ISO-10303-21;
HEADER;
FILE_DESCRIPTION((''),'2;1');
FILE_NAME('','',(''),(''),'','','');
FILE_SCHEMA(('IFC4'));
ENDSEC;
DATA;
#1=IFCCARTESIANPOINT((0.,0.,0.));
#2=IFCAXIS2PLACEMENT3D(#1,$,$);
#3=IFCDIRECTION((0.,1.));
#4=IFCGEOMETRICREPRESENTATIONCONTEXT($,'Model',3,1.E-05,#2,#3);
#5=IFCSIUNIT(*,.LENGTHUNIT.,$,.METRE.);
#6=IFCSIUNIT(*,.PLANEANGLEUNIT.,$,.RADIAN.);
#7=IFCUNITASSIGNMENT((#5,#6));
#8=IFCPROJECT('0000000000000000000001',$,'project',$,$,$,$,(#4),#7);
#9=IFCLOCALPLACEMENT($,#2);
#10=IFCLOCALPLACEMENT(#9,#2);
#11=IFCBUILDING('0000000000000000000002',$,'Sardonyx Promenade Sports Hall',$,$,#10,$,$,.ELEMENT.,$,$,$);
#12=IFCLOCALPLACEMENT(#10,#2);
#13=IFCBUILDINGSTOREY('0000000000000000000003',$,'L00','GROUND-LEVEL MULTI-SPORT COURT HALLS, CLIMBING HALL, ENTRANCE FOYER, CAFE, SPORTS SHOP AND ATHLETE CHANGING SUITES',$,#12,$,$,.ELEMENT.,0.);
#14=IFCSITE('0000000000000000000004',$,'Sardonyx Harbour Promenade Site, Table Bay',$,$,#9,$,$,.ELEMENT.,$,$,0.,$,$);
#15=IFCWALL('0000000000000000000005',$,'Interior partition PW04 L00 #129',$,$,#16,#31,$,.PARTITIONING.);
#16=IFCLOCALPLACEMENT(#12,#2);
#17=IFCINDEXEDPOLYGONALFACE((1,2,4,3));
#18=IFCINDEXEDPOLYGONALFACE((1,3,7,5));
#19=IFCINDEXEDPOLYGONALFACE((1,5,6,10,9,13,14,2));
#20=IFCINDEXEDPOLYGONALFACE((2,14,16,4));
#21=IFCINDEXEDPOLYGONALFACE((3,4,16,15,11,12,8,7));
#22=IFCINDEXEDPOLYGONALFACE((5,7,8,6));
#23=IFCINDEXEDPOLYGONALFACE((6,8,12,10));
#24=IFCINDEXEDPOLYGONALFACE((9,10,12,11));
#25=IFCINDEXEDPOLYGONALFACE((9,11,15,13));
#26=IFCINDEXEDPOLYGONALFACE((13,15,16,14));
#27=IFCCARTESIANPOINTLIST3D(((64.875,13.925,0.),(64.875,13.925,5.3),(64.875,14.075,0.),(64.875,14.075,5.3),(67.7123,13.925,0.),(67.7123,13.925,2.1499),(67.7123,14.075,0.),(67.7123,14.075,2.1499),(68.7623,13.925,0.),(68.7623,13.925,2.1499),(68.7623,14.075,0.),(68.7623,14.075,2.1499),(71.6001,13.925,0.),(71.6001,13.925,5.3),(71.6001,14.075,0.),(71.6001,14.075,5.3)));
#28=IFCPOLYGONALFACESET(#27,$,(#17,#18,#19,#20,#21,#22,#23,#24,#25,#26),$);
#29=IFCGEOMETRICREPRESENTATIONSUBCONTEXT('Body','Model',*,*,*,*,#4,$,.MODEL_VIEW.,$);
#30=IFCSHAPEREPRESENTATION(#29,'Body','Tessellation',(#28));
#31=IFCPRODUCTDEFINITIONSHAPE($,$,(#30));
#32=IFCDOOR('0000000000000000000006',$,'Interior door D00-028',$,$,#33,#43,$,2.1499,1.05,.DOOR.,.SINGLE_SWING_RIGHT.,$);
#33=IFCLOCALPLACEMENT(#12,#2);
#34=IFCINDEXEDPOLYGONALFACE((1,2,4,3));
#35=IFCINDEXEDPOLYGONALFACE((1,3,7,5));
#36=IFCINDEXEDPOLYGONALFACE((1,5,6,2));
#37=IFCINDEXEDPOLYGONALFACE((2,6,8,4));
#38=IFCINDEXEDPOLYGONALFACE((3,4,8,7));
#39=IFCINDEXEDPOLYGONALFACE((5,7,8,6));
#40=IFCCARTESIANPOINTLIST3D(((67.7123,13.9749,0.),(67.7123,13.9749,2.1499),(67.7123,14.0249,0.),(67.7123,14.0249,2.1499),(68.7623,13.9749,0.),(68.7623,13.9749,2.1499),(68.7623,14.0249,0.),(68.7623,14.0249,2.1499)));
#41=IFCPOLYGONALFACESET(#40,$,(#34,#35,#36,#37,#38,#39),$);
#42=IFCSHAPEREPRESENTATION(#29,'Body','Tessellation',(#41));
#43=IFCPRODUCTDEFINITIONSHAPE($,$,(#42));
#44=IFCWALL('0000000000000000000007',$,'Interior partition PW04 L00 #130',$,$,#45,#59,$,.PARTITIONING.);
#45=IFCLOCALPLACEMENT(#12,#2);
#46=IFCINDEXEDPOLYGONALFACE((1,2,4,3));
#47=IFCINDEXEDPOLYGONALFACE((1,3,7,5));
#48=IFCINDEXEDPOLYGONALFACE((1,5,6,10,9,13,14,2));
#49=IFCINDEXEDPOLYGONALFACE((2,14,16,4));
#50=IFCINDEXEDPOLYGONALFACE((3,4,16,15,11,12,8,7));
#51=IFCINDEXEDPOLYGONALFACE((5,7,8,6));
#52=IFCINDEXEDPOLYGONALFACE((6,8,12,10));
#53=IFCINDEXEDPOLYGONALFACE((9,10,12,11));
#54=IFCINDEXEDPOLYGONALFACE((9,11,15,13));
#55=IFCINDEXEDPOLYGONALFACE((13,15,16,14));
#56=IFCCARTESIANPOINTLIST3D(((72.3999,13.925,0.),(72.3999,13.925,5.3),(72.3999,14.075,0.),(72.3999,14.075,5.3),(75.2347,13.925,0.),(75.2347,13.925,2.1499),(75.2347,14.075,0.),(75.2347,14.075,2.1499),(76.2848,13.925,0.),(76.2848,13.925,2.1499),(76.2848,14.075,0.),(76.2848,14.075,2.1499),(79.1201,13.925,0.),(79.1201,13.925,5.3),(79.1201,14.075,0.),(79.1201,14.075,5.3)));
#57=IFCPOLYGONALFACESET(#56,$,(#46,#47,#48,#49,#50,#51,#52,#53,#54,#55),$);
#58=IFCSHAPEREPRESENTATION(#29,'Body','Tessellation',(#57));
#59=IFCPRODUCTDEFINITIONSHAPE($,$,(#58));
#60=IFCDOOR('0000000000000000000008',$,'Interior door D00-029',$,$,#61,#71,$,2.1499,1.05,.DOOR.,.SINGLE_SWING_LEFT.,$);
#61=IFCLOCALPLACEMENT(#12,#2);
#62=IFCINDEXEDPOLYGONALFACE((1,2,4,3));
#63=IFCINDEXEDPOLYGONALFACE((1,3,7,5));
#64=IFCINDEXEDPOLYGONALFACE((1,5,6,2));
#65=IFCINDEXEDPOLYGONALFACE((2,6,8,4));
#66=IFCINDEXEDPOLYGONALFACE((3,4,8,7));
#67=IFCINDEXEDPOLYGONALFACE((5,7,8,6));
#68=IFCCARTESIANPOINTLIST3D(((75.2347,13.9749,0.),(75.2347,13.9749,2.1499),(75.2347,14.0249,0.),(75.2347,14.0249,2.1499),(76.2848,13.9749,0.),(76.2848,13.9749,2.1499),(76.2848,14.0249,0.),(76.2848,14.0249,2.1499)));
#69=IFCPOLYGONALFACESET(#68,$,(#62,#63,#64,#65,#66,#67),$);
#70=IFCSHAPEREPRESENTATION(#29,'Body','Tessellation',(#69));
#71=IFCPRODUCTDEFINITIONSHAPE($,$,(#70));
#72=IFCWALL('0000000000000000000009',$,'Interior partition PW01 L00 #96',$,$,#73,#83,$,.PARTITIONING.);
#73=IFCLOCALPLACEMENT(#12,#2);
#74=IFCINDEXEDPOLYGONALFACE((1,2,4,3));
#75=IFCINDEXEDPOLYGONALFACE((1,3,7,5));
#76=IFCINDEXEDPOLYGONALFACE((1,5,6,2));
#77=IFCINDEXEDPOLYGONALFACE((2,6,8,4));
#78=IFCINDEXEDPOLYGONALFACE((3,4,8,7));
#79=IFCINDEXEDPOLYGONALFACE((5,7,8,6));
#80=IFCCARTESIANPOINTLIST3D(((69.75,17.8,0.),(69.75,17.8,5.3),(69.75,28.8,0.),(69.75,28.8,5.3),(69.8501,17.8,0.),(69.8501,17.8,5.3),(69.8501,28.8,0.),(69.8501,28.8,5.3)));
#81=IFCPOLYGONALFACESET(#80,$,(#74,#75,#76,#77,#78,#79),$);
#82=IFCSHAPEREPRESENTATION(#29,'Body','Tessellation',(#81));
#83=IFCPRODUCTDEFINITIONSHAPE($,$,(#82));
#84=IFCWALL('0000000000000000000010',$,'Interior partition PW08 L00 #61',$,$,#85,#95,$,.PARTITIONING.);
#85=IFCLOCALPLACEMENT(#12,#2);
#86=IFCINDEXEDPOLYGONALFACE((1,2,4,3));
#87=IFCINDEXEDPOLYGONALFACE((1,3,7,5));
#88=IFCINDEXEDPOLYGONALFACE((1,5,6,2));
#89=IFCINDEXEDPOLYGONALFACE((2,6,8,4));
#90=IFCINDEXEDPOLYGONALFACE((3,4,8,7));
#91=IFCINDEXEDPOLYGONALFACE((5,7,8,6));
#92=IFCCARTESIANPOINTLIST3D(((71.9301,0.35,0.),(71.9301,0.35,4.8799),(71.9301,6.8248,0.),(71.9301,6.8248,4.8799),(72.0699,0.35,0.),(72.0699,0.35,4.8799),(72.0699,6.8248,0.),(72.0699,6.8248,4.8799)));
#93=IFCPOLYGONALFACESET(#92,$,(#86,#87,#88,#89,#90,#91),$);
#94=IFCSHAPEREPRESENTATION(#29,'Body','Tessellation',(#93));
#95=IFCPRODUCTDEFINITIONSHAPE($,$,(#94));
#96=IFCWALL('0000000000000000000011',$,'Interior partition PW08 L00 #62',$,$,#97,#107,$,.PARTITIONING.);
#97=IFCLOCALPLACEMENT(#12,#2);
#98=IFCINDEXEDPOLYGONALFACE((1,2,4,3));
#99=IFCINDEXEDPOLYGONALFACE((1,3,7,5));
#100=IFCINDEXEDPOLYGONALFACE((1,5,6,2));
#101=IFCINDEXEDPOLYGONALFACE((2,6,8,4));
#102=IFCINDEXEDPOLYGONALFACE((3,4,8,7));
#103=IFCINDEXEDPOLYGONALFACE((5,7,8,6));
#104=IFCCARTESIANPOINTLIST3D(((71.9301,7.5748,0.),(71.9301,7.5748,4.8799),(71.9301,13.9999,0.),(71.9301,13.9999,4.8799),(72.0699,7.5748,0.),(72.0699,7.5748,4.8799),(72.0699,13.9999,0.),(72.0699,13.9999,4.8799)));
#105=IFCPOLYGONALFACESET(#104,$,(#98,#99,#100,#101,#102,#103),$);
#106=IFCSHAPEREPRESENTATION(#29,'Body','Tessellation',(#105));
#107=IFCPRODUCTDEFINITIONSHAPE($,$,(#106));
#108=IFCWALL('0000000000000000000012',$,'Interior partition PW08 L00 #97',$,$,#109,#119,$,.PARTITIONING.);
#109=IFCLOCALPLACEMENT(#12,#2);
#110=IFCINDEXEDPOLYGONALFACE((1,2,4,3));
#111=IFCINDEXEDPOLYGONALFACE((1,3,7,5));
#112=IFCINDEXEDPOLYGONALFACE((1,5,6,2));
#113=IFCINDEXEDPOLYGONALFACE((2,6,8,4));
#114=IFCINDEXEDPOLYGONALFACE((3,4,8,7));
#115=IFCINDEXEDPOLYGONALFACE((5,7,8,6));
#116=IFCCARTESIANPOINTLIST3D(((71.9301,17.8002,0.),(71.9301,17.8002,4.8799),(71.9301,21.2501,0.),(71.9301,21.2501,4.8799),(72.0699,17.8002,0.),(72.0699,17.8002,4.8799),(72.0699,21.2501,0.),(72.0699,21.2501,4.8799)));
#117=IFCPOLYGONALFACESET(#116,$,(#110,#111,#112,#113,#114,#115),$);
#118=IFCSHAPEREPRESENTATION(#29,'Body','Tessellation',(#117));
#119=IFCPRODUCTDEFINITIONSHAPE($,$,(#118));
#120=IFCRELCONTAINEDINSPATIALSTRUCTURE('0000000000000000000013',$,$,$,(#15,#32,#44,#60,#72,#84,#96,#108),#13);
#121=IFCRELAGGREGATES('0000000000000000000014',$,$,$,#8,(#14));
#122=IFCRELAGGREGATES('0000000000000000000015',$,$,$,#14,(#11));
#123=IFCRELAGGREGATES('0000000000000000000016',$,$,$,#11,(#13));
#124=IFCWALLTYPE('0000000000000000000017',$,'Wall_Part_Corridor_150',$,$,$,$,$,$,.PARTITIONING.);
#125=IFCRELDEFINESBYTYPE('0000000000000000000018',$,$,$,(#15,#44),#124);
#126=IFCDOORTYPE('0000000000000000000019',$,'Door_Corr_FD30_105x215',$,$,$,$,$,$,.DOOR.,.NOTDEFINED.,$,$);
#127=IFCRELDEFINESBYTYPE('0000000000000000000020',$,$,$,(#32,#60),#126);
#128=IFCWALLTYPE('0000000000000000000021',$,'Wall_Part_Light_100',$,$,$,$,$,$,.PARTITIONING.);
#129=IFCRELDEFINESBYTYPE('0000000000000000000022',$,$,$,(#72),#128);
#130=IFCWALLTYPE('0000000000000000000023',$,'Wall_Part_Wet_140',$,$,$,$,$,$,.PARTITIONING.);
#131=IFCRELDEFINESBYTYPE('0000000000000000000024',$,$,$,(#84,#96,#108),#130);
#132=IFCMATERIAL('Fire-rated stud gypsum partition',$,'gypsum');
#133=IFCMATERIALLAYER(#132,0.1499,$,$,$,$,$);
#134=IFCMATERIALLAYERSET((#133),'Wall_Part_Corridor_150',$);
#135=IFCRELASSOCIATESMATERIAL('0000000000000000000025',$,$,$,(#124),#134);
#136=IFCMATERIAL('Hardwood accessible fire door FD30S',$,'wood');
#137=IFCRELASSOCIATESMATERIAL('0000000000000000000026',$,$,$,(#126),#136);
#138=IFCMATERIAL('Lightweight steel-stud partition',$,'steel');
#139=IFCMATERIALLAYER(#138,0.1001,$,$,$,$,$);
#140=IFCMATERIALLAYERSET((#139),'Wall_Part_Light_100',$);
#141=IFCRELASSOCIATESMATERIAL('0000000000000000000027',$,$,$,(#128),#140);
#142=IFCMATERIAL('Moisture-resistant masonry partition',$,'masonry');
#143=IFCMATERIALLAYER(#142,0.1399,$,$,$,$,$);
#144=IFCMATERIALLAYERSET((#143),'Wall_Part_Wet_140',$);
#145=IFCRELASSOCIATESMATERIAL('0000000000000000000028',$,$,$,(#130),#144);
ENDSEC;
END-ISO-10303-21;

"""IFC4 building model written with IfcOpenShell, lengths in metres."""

from ifc_helpers import new_model, si_unit, direction, frame, frame_2d, origin, place, context, subcontext, project, spatial, rectangle, extrude, material, layer, layer_set, type_object, element, fill, save


model = new_model("IFC4")

# Units and contexts
model_context = context("Model", 3, precision=1e-05, world=origin(), true_north=direction((0.0, 1.0)))
body_context = subcontext(model_context, "Body", "Model", "MODEL_VIEW")
ifc_project = project(units=[si_unit("LENGTHUNIT", "METRE"), si_unit("PLANEANGLEUNIT", "RADIAN")], contexts=[model_context])

# Site, building, storey
site_placement = place(None, origin())
site = spatial("IfcSite", under=ifc_project, at=site_placement, Name="Sardonyx Harbour Promenade Site, Table Bay", CompositionType="ELEMENT", RefElevation=0.0)
building_placement = place(site_placement, origin())
building = spatial("IfcBuilding", under=site, at=building_placement, Name="Sardonyx Promenade Sports Hall", CompositionType="ELEMENT")
storey_placement = place(building_placement, origin())
storey = spatial("IfcBuildingStorey", under=building, at=storey_placement, Name="L00", Description="GROUND-LEVEL MULTI-SPORT COURT HALLS, CLIMBING HALL, ENTRANCE FOYER, CAFE, SPORTS SHOP AND ATHLETE CHANGING SUITES", CompositionType="ELEMENT", Elevation=0.0)

# Walls, openings, doors
ifc_material_1 = material(Name="Fire-rated stud gypsum partition", Category="gypsum")
ifc_layer_1 = layer(ifc_material_1, 0.1499)
ifc_layer_set_1 = layer_set([ifc_layer_1], Name="Wall_Part_Corridor_150")
wall_type_1 = type_object("IfcWallType", Name="Wall_Part_Corridor_150", PredefinedType="PARTITIONING", material=ifc_layer_set_1)
wall_1_placement = place(storey_placement, frame((64.875, 14.0, 0.0), z_axis=(0.0, 0.0, 1.0), x_axis=(1.0, 0.0, 0.0)))
wall_1 = element("IfcWall", 1, at=wall_1_placement, inside=storey, type_object=wall_type_1, Name="Interior partition PW04 L00 #129", PredefinedType="PARTITIONING", context=body_context, shape_type="SweptSolid", body=[
    extrude(rectangle(XDim=6.7251, YDim=0.1499, at=frame_2d((3.3625, 0.0))), origin(), (0.0, 0.0, 1.0), 5.3),
])
opening_1_placement = place(wall_1_placement, frame((2.8374, 0.0, 0.0)))
opening_1 = element("IfcOpeningElement", 2, at=opening_1_placement, cuts=wall_1, PredefinedType="OPENING", context=body_context, shape_type="SweptSolid", body=[
    extrude(rectangle(XDim=1.05, YDim=2.1499, at=frame_2d((0.5249, 1.075))), frame((0.0, 0.085, 0.0), z_axis=(0.0, -1.0, 0.0), x_axis=(1.0, 0.0, 0.0)), (0.0, 0.0, 1.0), 0.17),
])
ifc_material_2 = material(Name="Hardwood accessible fire door FD30S", Category="wood")
door_type_1 = type_object("IfcDoorType", Name="Door_Corr_FD30_105x215", OperationType="NOTDEFINED", PredefinedType="DOOR", material=ifc_material_2)
door_1_placement = place(opening_1_placement, origin())
door_1 = element("IfcDoor", 3, at=door_1_placement, inside=storey, type_object=door_type_1, Name="Interior door D00-028", OperationType="SINGLE_SWING_RIGHT", OverallHeight=2.1499, OverallWidth=1.05, PredefinedType="DOOR", context=body_context, shape_type="SweptSolid", body=[
    extrude(rectangle(XDim=1.05, YDim=2.1499, at=frame_2d((0.5249, 1.075))), frame((0.0, 0.0249, 0.0), z_axis=(0.0, -1.0, 0.0), x_axis=(1.0, 0.0, 0.0)), (0.0, 0.0, 1.0), 0.05),
])
fill(opening_1, door_1)
wall_2_placement = place(storey_placement, frame((72.3999, 14.0, 0.0), z_axis=(0.0, 0.0, 1.0), x_axis=(1.0, 0.0, 0.0)))
wall_2 = element("IfcWall", 4, at=wall_2_placement, inside=storey, type_object=wall_type_1, Name="Interior partition PW04 L00 #130", PredefinedType="PARTITIONING", context=body_context, shape_type="SweptSolid", body=[
    extrude(rectangle(XDim=6.7202, YDim=0.1499, at=frame_2d((3.3601, 0.0))), origin(), (0.0, 0.0, 1.0), 5.3),
])
opening_2_placement = place(wall_2_placement, frame((2.835, 0.0, 0.0)))
opening_2 = element("IfcOpeningElement", 5, at=opening_2_placement, cuts=wall_2, PredefinedType="OPENING", context=body_context, shape_type="SweptSolid", body=[
    extrude(rectangle(XDim=1.05, YDim=2.1499, at=frame_2d((0.5249, 1.075))), frame((0.0, 0.085, 0.0), z_axis=(0.0, -1.0, 0.0), x_axis=(1.0, 0.0, 0.0)), (0.0, 0.0, 1.0), 0.17),
])
door_2_placement = place(opening_2_placement, origin())
door_2 = element("IfcDoor", 6, at=door_2_placement, inside=storey, type_object=door_type_1, Name="Interior door D00-029", OperationType="SINGLE_SWING_LEFT", OverallHeight=2.1499, OverallWidth=1.05, PredefinedType="DOOR", context=body_context, shape_type="SweptSolid", body=[
    extrude(rectangle(XDim=1.05, YDim=2.1499, at=frame_2d((0.5249, 1.075))), frame((0.0, 0.0249, 0.0), z_axis=(0.0, -1.0, 0.0), x_axis=(1.0, 0.0, 0.0)), (0.0, 0.0, 1.0), 0.05),
])
fill(opening_2, door_2)

# Walls
ifc_material_3 = material(Name="Lightweight steel-stud partition", Category="steel")
ifc_layer_2 = layer(ifc_material_3, 0.1001)
ifc_layer_set_2 = layer_set([ifc_layer_2], Name="Wall_Part_Light_100")
wall_type_2 = type_object("IfcWallType", Name="Wall_Part_Light_100", PredefinedType="PARTITIONING", material=ifc_layer_set_2)
wall_3_placement = place(storey_placement, frame((69.8, 17.8, 0.0), z_axis=(0.0, 0.0, 1.0), x_axis=(0.0, 1.0, 0.0)))
element("IfcWall", 7, at=wall_3_placement, inside=storey, type_object=wall_type_2, Name="Interior partition PW01 L00 #96", PredefinedType="PARTITIONING", context=body_context, shape_type="SweptSolid", body=[
    extrude(rectangle(XDim=11.0, YDim=0.1001, at=frame_2d((5.5, 0.0))), origin(), (0.0, 0.0, 1.0), 5.3),
])
ifc_material_4 = material(Name="Moisture-resistant masonry partition", Category="masonry")
ifc_layer_3 = layer(ifc_material_4, 0.1399)
ifc_layer_set_3 = layer_set([ifc_layer_3], Name="Wall_Part_Wet_140")
wall_type_3 = type_object("IfcWallType", Name="Wall_Part_Wet_140", PredefinedType="PARTITIONING", material=ifc_layer_set_3)
wall_4_placement = place(storey_placement, frame((72.0, 0.3501, 0.0), z_axis=(0.0, 0.0, 1.0), x_axis=(0.0, 1.0, 0.0)))
element("IfcWall", 8, at=wall_4_placement, inside=storey, type_object=wall_type_3, Name="Interior partition PW08 L00 #61", PredefinedType="PARTITIONING", context=body_context, shape_type="SweptSolid", body=[
    extrude(rectangle(XDim=6.4749, YDim=0.1399, at=frame_2d((3.2373, 0.0))), origin(), (0.0, 0.0, 1.0), 4.8799),
])
wall_5_placement = place(storey_placement, frame((72.0, 7.575, 0.0), z_axis=(0.0, 0.0, 1.0), x_axis=(0.0, 1.0, 0.0)))
element("IfcWall", 9, at=wall_5_placement, inside=storey, type_object=wall_type_3, Name="Interior partition PW08 L00 #62", PredefinedType="PARTITIONING", context=body_context, shape_type="SweptSolid", body=[
    extrude(rectangle(XDim=6.425, YDim=0.1399, at=frame_2d((3.2124, 0.0))), origin(), (0.0, 0.0, 1.0), 4.8799),
])
wall_6_placement = place(storey_placement, frame((72.0, 17.8, 0.0), z_axis=(0.0, 0.0, 1.0), x_axis=(0.0, 1.0, 0.0)))
element("IfcWall", 10, at=wall_6_placement, inside=storey, type_object=wall_type_3, Name="Interior partition PW08 L00 #97", PredefinedType="PARTITIONING", context=body_context, shape_type="SweptSolid", body=[
    extrude(rectangle(XDim=3.45, YDim=0.1399, at=frame_2d((1.7251, 0.0))), origin(), (0.0, 0.0, 1.0), 4.8799),
])

save(model, "model.ifc")
